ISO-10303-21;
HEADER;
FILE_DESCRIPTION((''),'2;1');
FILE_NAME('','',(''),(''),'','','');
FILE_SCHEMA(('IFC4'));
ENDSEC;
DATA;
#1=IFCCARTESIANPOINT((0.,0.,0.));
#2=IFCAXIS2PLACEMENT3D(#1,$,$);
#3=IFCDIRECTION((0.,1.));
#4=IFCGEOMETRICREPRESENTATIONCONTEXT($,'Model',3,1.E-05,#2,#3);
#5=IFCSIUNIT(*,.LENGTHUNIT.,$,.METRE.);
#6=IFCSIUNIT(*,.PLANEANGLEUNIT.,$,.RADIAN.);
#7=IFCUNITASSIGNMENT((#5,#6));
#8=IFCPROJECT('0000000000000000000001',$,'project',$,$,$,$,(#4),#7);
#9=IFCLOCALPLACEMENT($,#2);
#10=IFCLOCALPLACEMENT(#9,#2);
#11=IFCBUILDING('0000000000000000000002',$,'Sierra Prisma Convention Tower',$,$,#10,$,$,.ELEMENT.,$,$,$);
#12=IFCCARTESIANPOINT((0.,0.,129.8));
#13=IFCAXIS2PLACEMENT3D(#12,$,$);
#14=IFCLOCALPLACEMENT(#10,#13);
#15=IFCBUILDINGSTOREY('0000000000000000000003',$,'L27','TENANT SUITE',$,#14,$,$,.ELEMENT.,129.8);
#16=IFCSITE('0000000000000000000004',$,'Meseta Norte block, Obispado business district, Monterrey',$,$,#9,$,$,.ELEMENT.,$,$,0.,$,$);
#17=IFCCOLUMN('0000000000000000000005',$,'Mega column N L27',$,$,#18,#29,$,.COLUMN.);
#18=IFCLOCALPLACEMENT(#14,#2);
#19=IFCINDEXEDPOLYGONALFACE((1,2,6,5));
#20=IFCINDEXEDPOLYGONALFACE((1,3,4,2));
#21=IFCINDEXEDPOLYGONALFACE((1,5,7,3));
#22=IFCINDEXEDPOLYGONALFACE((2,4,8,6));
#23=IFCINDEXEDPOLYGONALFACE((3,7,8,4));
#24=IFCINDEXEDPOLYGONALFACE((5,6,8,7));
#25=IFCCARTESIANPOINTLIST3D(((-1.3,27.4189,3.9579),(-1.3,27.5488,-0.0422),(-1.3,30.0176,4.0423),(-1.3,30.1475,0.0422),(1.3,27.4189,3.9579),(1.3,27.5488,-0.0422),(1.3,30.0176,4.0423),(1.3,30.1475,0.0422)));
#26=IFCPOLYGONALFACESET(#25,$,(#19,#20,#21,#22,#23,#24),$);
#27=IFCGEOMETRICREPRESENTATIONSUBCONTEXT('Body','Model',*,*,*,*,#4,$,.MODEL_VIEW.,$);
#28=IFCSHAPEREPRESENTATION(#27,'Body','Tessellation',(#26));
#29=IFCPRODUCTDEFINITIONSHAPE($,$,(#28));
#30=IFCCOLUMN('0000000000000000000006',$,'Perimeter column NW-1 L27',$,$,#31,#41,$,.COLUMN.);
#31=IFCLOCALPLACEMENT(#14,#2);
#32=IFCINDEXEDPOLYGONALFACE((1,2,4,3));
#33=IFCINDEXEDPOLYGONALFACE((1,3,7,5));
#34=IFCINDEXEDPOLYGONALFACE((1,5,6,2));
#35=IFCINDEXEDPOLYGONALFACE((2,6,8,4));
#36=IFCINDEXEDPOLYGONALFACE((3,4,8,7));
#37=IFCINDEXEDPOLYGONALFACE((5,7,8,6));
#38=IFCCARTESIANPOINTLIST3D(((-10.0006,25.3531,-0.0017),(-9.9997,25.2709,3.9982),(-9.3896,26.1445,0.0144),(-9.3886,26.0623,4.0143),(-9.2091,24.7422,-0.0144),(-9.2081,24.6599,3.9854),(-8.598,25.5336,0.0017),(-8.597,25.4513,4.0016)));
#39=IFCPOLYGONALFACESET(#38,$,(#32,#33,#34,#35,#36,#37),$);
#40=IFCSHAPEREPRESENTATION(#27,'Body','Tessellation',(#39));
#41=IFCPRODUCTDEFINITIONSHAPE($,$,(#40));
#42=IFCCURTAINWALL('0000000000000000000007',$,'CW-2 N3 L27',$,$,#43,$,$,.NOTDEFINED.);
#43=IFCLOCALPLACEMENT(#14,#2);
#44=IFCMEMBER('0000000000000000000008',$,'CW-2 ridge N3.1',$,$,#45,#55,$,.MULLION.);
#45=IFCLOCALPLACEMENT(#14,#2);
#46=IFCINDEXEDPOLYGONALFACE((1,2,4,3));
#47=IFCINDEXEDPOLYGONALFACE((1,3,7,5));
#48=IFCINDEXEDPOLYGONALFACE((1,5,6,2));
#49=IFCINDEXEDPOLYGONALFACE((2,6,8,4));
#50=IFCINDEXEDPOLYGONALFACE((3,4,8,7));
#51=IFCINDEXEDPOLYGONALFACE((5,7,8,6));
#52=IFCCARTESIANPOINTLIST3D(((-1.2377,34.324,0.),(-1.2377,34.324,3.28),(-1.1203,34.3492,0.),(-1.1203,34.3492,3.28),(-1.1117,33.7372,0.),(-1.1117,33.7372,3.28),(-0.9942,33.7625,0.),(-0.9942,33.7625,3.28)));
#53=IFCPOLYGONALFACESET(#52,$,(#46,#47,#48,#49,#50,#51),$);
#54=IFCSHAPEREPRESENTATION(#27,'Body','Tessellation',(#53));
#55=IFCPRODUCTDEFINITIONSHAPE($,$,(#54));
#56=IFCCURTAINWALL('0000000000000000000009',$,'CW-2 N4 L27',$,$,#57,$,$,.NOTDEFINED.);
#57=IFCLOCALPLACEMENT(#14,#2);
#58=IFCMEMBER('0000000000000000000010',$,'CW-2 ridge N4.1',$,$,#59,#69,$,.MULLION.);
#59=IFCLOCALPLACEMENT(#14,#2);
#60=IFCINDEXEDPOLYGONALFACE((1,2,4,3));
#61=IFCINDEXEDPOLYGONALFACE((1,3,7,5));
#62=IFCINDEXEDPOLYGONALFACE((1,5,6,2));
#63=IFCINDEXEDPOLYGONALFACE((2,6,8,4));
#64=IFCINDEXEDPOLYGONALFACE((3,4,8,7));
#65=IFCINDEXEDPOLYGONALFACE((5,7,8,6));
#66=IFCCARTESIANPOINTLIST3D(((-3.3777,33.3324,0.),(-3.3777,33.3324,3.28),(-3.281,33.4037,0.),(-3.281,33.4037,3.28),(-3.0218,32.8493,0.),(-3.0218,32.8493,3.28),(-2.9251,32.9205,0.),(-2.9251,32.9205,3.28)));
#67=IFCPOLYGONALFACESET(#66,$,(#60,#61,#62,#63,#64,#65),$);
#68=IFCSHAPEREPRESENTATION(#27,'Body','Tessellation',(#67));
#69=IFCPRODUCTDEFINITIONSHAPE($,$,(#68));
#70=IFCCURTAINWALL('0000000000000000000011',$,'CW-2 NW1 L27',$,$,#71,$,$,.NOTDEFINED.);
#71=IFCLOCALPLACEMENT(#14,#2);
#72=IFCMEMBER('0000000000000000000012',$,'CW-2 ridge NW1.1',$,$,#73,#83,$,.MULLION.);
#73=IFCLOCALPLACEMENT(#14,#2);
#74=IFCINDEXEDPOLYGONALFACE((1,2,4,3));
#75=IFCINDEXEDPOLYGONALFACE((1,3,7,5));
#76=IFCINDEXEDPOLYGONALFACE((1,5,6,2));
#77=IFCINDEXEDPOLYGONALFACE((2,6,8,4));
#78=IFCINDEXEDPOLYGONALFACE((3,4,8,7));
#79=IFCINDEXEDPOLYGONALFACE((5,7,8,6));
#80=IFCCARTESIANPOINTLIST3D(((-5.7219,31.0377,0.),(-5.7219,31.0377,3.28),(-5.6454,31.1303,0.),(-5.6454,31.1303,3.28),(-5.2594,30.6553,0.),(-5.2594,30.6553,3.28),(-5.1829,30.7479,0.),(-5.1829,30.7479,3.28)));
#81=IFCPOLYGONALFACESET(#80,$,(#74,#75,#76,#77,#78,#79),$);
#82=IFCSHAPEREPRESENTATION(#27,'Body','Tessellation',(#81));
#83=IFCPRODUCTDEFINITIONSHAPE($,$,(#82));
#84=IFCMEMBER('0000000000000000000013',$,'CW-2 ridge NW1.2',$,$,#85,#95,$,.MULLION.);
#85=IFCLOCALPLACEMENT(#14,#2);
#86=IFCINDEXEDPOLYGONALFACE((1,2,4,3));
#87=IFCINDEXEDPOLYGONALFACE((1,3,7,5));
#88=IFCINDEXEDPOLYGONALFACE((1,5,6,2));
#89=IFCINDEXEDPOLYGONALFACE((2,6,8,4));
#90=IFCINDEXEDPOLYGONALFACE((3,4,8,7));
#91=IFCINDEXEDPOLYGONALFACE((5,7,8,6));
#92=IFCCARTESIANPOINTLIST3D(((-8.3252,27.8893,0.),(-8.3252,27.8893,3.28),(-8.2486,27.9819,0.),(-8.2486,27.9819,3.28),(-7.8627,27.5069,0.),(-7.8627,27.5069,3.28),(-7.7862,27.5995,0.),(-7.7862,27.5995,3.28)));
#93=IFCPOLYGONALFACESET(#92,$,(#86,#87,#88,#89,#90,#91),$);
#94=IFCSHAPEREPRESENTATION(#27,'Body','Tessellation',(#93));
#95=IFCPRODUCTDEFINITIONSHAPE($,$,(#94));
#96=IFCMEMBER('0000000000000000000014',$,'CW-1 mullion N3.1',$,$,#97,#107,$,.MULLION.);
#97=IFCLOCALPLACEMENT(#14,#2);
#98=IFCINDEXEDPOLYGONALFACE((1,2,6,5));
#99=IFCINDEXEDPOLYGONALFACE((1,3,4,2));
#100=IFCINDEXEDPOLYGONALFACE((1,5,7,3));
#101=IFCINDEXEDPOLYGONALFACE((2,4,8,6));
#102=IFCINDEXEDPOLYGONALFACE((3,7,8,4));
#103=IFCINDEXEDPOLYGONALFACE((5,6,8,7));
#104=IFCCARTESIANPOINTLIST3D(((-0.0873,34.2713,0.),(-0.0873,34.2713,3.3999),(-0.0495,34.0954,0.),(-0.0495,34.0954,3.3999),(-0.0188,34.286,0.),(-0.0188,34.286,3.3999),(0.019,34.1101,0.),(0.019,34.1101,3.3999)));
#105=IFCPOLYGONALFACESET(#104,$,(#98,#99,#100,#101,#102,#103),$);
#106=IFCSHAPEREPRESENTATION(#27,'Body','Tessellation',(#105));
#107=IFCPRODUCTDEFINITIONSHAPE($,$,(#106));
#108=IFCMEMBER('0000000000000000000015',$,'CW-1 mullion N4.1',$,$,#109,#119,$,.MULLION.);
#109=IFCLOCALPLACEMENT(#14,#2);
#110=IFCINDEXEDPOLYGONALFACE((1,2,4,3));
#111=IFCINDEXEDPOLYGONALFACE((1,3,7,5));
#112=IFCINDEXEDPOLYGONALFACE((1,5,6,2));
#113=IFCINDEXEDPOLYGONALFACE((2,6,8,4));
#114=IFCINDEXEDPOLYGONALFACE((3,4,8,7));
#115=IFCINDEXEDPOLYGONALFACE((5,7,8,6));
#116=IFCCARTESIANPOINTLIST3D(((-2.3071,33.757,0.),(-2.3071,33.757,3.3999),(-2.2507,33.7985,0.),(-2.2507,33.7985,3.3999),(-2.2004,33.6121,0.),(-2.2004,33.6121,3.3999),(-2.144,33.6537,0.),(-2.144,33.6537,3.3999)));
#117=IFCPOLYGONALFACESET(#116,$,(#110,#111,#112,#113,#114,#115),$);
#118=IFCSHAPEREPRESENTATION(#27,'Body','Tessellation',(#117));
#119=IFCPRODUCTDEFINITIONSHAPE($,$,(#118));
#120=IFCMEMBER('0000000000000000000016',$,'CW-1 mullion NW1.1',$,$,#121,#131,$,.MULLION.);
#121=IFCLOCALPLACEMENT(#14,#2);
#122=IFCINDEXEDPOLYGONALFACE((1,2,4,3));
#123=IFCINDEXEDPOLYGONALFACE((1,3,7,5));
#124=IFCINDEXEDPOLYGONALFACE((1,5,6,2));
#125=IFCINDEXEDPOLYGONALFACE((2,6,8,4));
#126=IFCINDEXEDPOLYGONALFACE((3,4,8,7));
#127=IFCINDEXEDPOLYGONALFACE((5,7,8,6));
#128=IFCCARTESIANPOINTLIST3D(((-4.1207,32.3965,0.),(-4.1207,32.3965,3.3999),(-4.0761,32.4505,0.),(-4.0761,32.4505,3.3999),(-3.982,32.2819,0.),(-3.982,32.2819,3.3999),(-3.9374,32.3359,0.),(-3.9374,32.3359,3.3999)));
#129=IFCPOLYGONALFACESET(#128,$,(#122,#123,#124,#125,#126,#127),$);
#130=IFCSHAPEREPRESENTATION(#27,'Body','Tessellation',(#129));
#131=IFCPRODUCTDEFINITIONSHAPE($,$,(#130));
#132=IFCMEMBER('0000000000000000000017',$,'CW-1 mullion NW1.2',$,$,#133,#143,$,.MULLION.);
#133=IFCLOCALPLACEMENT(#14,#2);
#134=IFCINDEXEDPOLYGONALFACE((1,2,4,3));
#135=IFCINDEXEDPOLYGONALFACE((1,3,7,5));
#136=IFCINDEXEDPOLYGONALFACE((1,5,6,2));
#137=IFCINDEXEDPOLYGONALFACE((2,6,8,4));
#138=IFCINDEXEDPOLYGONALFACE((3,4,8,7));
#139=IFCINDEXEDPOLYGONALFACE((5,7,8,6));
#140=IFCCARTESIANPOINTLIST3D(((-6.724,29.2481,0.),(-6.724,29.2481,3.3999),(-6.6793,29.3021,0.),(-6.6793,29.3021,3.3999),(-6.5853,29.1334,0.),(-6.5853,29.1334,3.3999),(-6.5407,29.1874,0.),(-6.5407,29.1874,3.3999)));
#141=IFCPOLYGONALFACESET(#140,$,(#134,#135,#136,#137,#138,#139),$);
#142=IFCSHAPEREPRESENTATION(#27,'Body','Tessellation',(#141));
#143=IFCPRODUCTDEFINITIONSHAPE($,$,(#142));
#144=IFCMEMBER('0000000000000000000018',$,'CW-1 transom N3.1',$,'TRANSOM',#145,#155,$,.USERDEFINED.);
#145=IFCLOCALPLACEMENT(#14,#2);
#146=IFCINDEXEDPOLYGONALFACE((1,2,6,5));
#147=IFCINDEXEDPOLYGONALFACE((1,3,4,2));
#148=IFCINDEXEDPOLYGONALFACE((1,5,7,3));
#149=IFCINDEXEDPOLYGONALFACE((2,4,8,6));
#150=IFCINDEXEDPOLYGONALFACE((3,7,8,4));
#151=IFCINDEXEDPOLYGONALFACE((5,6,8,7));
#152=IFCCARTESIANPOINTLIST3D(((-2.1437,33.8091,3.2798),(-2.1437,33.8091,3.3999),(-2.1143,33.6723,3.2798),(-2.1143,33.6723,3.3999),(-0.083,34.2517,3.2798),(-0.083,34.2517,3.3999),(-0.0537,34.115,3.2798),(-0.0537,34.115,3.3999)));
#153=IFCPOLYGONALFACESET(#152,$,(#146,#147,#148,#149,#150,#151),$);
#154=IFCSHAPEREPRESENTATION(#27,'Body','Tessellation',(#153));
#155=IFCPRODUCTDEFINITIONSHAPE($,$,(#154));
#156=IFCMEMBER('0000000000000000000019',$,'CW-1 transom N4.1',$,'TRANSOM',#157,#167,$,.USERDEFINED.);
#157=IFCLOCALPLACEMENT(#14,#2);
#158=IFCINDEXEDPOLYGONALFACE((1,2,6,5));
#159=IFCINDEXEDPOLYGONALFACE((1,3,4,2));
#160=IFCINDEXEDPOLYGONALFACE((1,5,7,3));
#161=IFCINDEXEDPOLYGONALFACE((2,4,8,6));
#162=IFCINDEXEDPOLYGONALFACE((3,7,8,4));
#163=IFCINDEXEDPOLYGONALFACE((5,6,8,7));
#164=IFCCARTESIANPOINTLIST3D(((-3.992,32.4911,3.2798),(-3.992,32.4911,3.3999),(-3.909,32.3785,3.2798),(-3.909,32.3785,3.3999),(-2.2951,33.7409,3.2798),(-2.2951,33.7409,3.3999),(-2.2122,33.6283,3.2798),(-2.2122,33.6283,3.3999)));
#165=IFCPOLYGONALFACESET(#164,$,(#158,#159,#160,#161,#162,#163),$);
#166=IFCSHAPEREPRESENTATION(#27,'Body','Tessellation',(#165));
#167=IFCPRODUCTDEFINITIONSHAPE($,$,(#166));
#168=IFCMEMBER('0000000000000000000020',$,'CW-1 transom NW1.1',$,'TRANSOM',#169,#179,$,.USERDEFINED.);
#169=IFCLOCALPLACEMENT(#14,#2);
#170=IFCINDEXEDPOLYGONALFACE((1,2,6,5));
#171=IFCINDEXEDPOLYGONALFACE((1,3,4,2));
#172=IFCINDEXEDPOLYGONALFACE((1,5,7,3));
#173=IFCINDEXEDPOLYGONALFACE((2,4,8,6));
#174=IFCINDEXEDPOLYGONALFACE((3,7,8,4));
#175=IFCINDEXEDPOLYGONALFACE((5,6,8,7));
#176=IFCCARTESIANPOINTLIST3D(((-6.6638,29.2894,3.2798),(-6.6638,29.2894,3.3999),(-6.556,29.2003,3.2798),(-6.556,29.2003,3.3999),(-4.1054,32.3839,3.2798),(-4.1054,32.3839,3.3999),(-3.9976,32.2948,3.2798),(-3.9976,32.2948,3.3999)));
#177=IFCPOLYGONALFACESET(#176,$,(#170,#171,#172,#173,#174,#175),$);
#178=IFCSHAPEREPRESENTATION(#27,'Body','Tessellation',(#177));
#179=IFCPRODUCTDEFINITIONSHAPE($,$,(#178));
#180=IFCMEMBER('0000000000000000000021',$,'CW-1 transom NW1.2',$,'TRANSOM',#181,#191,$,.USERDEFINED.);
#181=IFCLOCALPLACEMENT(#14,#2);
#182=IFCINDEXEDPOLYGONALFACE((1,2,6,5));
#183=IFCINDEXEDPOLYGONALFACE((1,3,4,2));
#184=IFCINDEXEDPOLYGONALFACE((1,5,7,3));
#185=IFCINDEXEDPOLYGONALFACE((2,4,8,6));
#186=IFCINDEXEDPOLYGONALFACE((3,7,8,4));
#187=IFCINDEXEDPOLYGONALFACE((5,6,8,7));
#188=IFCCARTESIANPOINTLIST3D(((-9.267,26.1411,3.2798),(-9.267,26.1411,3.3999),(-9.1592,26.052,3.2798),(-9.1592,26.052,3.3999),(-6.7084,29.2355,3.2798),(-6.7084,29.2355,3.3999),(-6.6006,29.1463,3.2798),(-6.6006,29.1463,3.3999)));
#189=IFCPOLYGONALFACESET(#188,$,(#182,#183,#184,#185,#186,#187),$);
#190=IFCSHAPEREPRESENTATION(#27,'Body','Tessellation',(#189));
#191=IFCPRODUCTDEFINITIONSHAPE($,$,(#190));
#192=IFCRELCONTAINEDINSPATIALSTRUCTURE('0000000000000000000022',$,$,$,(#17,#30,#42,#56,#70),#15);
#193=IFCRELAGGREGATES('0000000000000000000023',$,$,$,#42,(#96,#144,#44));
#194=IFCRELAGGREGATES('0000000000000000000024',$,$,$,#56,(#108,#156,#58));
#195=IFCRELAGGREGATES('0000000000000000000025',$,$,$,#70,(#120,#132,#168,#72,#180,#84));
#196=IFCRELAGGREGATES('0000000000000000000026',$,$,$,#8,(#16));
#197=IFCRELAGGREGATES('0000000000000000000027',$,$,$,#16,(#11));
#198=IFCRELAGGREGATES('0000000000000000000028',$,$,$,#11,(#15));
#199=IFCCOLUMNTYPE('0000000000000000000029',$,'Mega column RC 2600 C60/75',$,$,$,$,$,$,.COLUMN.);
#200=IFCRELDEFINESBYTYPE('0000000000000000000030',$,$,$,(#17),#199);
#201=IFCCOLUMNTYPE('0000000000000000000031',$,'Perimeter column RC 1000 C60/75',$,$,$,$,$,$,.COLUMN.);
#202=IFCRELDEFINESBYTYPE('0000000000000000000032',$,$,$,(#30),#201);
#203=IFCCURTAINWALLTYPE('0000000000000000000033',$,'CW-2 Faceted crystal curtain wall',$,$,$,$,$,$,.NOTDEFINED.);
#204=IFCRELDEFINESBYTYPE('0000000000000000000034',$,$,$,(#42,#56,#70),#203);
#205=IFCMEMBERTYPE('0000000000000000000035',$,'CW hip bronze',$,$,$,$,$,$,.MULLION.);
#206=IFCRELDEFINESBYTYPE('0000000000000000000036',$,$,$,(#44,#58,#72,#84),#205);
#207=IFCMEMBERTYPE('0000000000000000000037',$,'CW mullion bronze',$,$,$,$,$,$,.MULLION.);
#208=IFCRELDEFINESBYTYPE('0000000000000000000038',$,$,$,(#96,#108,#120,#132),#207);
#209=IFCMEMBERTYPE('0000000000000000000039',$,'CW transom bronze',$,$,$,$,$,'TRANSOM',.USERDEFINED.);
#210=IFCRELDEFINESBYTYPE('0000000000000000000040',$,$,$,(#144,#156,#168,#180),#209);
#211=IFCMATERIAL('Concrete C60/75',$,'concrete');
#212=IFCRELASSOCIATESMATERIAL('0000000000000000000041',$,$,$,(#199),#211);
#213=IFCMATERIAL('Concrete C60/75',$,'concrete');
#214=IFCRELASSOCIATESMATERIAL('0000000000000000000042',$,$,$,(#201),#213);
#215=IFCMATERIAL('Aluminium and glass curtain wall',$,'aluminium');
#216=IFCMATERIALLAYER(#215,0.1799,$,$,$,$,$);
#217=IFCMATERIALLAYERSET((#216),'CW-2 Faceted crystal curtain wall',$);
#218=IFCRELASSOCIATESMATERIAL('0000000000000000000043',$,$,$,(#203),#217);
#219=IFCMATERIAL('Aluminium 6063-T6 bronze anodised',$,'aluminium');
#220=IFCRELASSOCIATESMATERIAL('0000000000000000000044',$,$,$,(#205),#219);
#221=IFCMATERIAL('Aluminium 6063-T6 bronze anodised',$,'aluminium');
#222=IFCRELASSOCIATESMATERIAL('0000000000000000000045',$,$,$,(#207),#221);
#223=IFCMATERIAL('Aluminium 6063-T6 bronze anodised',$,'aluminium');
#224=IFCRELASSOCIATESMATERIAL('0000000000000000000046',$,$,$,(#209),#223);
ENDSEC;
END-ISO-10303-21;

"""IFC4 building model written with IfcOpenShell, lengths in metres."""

from ifc_helpers import new_model, si_unit, direction, frame, origin, origin_2d, place, context, subcontext, project, spatial, rectangle, extrude, material, layer, layer_set, material_profile, profile_set, type_object, element, aggregate, save


model = new_model("IFC4")

# Units and contexts
model_context = context("Model", 3, precision=1e-05, world=origin(), true_north=direction((0.0, 1.0)))
body_context = subcontext(model_context, "Body", "Model", "MODEL_VIEW")
ifc_project = project(units=[si_unit("LENGTHUNIT", "METRE"), si_unit("PLANEANGLEUNIT", "RADIAN")], contexts=[model_context])

# Site, building, storey
site_placement = place(None, origin())
site = spatial("IfcSite", under=ifc_project, at=site_placement, Name="Meseta Norte block, Obispado business district, Monterrey", CompositionType="ELEMENT", RefElevation=0.0)
building_placement = place(site_placement, origin())
building = spatial("IfcBuilding", under=site, at=building_placement, Name="Sierra Prisma Convention Tower", CompositionType="ELEMENT")
storey_placement = place(building_placement, frame((0.0, 0.0, 129.8)))
storey = spatial("IfcBuildingStorey", under=building, at=storey_placement, Name="L27", Description="TENANT SUITE", CompositionType="ELEMENT", Elevation=129.8)

# Columns
ifc_material_1 = material(Name="Concrete C60/75", Category="concrete")
ifc_material_profile_1 = material_profile(ifc_material_1, rectangle(XDim=2.6001, YDim=2.6001, at=origin_2d()), Name="Mega column RC 2600 C60/75")
ifc_profile_set_1 = profile_set([ifc_material_profile_1], Name="Concrete C60/75")
column_type_1 = type_object("IfcColumnType", Name="Mega column RC 2600 C60/75", PredefinedType="COLUMN", material=ifc_profile_set_1)
column_1_placement = place(storey_placement, frame((0.0, 28.8481, 0.0), z_axis=(0.0, -0.032454, 0.999473), x_axis=(1.0, 0.0, 0.0)))
element("IfcColumn", 1, at=column_1_placement, inside=storey, type_object=column_type_1, Name="Mega column N L27", PredefinedType="COLUMN", context=body_context, shape_type="SweptSolid", body=[
    extrude(rectangle(XDim=2.6001, YDim=2.6001, at=origin_2d()), origin(), (0.0, 0.0, 1.0), 4.0022),
])
ifc_material_2 = material(Name="Concrete C60/75", Category="concrete")
ifc_material_profile_2 = material_profile(ifc_material_2, rectangle(XDim=1.0, YDim=1.0, at=origin_2d()), Name="Perimeter column RC 1000 C60/75")
ifc_profile_set_2 = profile_set([ifc_material_profile_2], Name="Concrete C60/75")
column_type_2 = type_object("IfcColumnType", Name="Perimeter column RC 1000 C60/75", PredefinedType="COLUMN", material=ifc_profile_set_2)
column_2_placement = place(storey_placement, frame((-9.2993, 25.4434, 0.0), z_axis=(0.000244, -0.020564, 0.999788), x_axis=(0.611078, 0.791406, 0.016129)))
element("IfcColumn", 2, at=column_2_placement, inside=storey, type_object=column_type_2, Name="Perimeter column NW-1 L27", PredefinedType="COLUMN", context=body_context, shape_type="SweptSolid", body=[
    extrude(rectangle(XDim=1.0, YDim=1.0, at=origin_2d()), origin(), (0.0, 0.0, 1.0), 4.0007),
])

# Curtain walls, members
ifc_material_3 = material(Name="Aluminium and glass curtain wall", Category="aluminium")
ifc_layer_1 = layer(ifc_material_3, 0.1799)
ifc_layer_set_1 = layer_set([ifc_layer_1], Name="CW-2 Faceted crystal curtain wall")
curtain_wall_type = type_object("IfcCurtainWallType", Name="CW-2 Faceted crystal curtain wall", PredefinedType="NOTDEFINED", material=ifc_layer_set_1)
curtain_wall_1_placement = place(storey_placement, origin())
curtain_wall_1 = element("IfcCurtainWall", 3, at=curtain_wall_1_placement, inside=storey, type_object=curtain_wall_type, Name="CW-2 N3 L27", PredefinedType="NOTDEFINED")
ifc_material_4 = material(Name="Aluminium 6063-T6 bronze anodised", Category="aluminium")
ifc_material_profile_3 = material_profile(ifc_material_4, rectangle(XDim=0.1201, YDim=0.6001, at=origin_2d()), Name="ALU RIDGE BLADE 120x600")
ifc_profile_set_3 = profile_set([ifc_material_profile_3], Name="Aluminium 6063-T6 bronze anodised")
member_type_1 = type_object("IfcMemberType", Name="CW hip bronze", PredefinedType="MULLION", material=ifc_profile_set_3)
member_1_placement = place(storey_placement, frame((-1.116, 34.0432, 0.0), z_axis=(0.0, 0.0, 1.0), x_axis=(-0.977693, -0.21004, 0.0)))
member_1 = element("IfcMember", 4, at=member_1_placement, type_object=member_type_1, Name="CW-2 ridge N3.1", PredefinedType="MULLION", context=body_context, shape_type="SweptSolid", body=[
    extrude(rectangle(XDim=0.1201, YDim=0.6001, at=origin_2d()), origin(), (0.0, 0.0, 1.0), 3.28),
])
curtain_wall_2_placement = place(storey_placement, origin())
curtain_wall_2 = element("IfcCurtainWall", 5, at=curtain_wall_2_placement, inside=storey, type_object=curtain_wall_type, Name="CW-2 N4 L27", PredefinedType="NOTDEFINED")
member_2_placement = place(storey_placement, frame((-3.1514, 33.1265, 0.0), z_axis=(0.0, 0.0, 1.0), x_axis=(-0.805162, -0.593055, 0.0)))
member_2 = element("IfcMember", 6, at=member_2_placement, type_object=member_type_1, Name="CW-2 ridge N4.1", PredefinedType="MULLION", context=body_context, shape_type="SweptSolid", body=[
    extrude(rectangle(XDim=0.1201, YDim=0.6001, at=origin_2d()), origin(), (0.0, 0.0, 1.0), 3.28),
])

# Curtain wall, members
curtain_wall_3_placement = place(storey_placement, origin())
curtain_wall_3 = element("IfcCurtainWall", 7, at=curtain_wall_3_placement, inside=storey, type_object=curtain_wall_type, Name="CW-2 NW1 L27", PredefinedType="NOTDEFINED")
member_3_placement = place(storey_placement, frame((-5.4524, 30.8928, 0.0), z_axis=(0.0, 0.0, 1.0), x_axis=(-0.637213, -0.770688, 0.0)))
member_3 = element("IfcMember", 8, at=member_3_placement, type_object=member_type_1, Name="CW-2 ridge NW1.1", PredefinedType="MULLION", context=body_context, shape_type="SweptSolid", body=[
    extrude(rectangle(XDim=0.1201, YDim=0.6001, at=origin_2d()), origin(), (0.0, 0.0, 1.0), 3.28),
])
member_4_placement = place(storey_placement, frame((-8.0557, 27.7444, 0.0), z_axis=(0.0, 0.0, 1.0), x_axis=(-0.637213, -0.770688, 0.0)))
member_4 = element("IfcMember", 9, at=member_4_placement, type_object=member_type_1, Name="CW-2 ridge NW1.2", PredefinedType="MULLION", context=body_context, shape_type="SweptSolid", body=[
    extrude(rectangle(XDim=0.1201, YDim=0.6001, at=origin_2d()), origin(), (0.0, 0.0, 1.0), 3.28),
])

# Members
ifc_material_5 = material(Name="Aluminium 6063-T6 bronze anodised", Category="aluminium")
ifc_material_profile_4 = material_profile(ifc_material_5, rectangle(XDim=0.1799, YDim=0.0701, at=origin_2d()), Name="ALU MULLION 70x180")
ifc_profile_set_4 = profile_set([ifc_material_profile_4], Name="Aluminium 6063-T6 bronze anodised")
member_type_2 = type_object("IfcMemberType", Name="CW mullion bronze", PredefinedType="MULLION", material=ifc_profile_set_4)
member_5_placement = place(storey_placement, frame((-0.0342, 34.1907, 0.0), z_axis=(0.0, 0.0, 1.0), x_axis=(0.21004, -0.977693, 0.0)))
member_5 = element("IfcMember", 10, at=member_5_placement, type_object=member_type_2, Name="CW-1 mullion N3.1", PredefinedType="MULLION", context=body_context, shape_type="SweptSolid", body=[
    extrude(rectangle(XDim=0.1799, YDim=0.0701, at=origin_2d()), origin(), (0.0, 0.0, 1.0), 3.3999),
])
member_6_placement = place(storey_placement, frame((-2.2256, 33.7053, 0.0), z_axis=(0.0, 0.0, 1.0), x_axis=(0.593055, -0.805162, 0.0)))
member_6 = element("IfcMember", 11, at=member_6_placement, type_object=member_type_2, Name="CW-1 mullion N4.1", PredefinedType="MULLION", context=body_context, shape_type="SweptSolid", body=[
    extrude(rectangle(XDim=0.1799, YDim=0.0701, at=origin_2d()), origin(), (0.0, 0.0, 1.0), 3.3999),
])
member_7_placement = place(storey_placement, frame((-4.0291, 32.3662, 0.0), z_axis=(0.0, 0.0, 1.0), x_axis=(0.770688, -0.637213, 0.0)))
member_7 = element("IfcMember", 12, at=member_7_placement, type_object=member_type_2, Name="CW-1 mullion NW1.1", PredefinedType="MULLION", context=body_context, shape_type="SweptSolid", body=[
    extrude(rectangle(XDim=0.1799, YDim=0.0701, at=origin_2d()), origin(), (0.0, 0.0, 1.0), 3.3999),
])
member_8_placement = place(storey_placement, frame((-6.6323, 29.2178, 0.0), z_axis=(0.0, 0.0, 1.0), x_axis=(0.770688, -0.637213, 0.0)))
member_8 = element("IfcMember", 13, at=member_8_placement, type_object=member_type_2, Name="CW-1 mullion NW1.2", PredefinedType="MULLION", context=body_context, shape_type="SweptSolid", body=[
    extrude(rectangle(XDim=0.1799, YDim=0.0701, at=origin_2d()), origin(), (0.0, 0.0, 1.0), 3.3999),
])
ifc_material_6 = material(Name="Aluminium 6063-T6 bronze anodised", Category="aluminium")
ifc_material_profile_5 = material_profile(ifc_material_6, rectangle(XDim=0.1399, YDim=0.1201, at=origin_2d()), Name="ALU TRANSOM 120x140")
ifc_profile_set_5 = profile_set([ifc_material_profile_5], Name="Aluminium 6063-T6 bronze anodised")
member_type_3 = type_object("IfcMemberType", Name="CW transom bronze", ElementType="TRANSOM", PredefinedType="USERDEFINED", material=ifc_profile_set_5)
member_9_placement = place(storey_placement, frame((-0.0684, 34.1833, 3.3398), z_axis=(-0.977697, -0.21002, 0.0), x_axis=(0.21002, -0.977697, 0.0)))
member_9 = element("IfcMember", 14, at=member_9_placement, type_object=member_type_3, Name="CW-1 transom N3.1", ObjectType="TRANSOM", PredefinedType="USERDEFINED", context=body_context, shape_type="SweptSolid", body=[
    extrude(rectangle(XDim=0.1399, YDim=0.1201, at=origin_2d()), origin(), (0.0, 0.0, 1.0), 2.1077),
])
member_10_placement = place(storey_placement, frame((-2.2537, 33.6846, 3.3398), z_axis=(-0.805169, -0.593045, 0.0), x_axis=(0.593045, -0.805169, 0.0)))
member_10 = element("IfcMember", 15, at=member_10_placement, type_object=member_type_3, Name="CW-1 transom N4.1", ObjectType="TRANSOM", PredefinedType="USERDEFINED", context=body_context, shape_type="SweptSolid", body=[
    extrude(rectangle(XDim=0.1399, YDim=0.1201, at=origin_2d()), origin(), (0.0, 0.0, 1.0), 2.1074),
])
member_11_placement = place(storey_placement, frame((-4.0515, 32.3394, 3.3398), z_axis=(-0.637183, -0.770712, 0.0), x_axis=(0.770712, -0.637183, 0.0)))
member_11 = element("IfcMember", 16, at=member_11_placement, type_object=member_type_3, Name="CW-1 transom NW1.1", ObjectType="TRANSOM", PredefinedType="USERDEFINED", context=body_context, shape_type="SweptSolid", body=[
    extrude(rectangle(XDim=0.1399, YDim=0.1201, at=origin_2d()), origin(), (0.0, 0.0, 1.0), 4.0151),
])
member_12_placement = place(storey_placement, frame((-6.6545, 29.1909, 3.3398), z_axis=(-0.637219, -0.770683, 0.0), x_axis=(0.770683, -0.637219, 0.0)))
member_12 = element("IfcMember", 17, at=member_12_placement, type_object=member_type_3, Name="CW-1 transom NW1.2", ObjectType="TRANSOM", PredefinedType="USERDEFINED", context=body_context, shape_type="SweptSolid", body=[
    extrude(rectangle(XDim=0.1399, YDim=0.1201, at=origin_2d()), origin(), (0.0, 0.0, 1.0), 4.0151),
])

aggregate(curtain_wall_1, [member_5, member_9, member_1])
aggregate(curtain_wall_2, [member_6, member_10, member_2])
aggregate(curtain_wall_3, [member_7, member_8, member_11, member_3, member_12, member_4])

save(model, "model.ifc")
